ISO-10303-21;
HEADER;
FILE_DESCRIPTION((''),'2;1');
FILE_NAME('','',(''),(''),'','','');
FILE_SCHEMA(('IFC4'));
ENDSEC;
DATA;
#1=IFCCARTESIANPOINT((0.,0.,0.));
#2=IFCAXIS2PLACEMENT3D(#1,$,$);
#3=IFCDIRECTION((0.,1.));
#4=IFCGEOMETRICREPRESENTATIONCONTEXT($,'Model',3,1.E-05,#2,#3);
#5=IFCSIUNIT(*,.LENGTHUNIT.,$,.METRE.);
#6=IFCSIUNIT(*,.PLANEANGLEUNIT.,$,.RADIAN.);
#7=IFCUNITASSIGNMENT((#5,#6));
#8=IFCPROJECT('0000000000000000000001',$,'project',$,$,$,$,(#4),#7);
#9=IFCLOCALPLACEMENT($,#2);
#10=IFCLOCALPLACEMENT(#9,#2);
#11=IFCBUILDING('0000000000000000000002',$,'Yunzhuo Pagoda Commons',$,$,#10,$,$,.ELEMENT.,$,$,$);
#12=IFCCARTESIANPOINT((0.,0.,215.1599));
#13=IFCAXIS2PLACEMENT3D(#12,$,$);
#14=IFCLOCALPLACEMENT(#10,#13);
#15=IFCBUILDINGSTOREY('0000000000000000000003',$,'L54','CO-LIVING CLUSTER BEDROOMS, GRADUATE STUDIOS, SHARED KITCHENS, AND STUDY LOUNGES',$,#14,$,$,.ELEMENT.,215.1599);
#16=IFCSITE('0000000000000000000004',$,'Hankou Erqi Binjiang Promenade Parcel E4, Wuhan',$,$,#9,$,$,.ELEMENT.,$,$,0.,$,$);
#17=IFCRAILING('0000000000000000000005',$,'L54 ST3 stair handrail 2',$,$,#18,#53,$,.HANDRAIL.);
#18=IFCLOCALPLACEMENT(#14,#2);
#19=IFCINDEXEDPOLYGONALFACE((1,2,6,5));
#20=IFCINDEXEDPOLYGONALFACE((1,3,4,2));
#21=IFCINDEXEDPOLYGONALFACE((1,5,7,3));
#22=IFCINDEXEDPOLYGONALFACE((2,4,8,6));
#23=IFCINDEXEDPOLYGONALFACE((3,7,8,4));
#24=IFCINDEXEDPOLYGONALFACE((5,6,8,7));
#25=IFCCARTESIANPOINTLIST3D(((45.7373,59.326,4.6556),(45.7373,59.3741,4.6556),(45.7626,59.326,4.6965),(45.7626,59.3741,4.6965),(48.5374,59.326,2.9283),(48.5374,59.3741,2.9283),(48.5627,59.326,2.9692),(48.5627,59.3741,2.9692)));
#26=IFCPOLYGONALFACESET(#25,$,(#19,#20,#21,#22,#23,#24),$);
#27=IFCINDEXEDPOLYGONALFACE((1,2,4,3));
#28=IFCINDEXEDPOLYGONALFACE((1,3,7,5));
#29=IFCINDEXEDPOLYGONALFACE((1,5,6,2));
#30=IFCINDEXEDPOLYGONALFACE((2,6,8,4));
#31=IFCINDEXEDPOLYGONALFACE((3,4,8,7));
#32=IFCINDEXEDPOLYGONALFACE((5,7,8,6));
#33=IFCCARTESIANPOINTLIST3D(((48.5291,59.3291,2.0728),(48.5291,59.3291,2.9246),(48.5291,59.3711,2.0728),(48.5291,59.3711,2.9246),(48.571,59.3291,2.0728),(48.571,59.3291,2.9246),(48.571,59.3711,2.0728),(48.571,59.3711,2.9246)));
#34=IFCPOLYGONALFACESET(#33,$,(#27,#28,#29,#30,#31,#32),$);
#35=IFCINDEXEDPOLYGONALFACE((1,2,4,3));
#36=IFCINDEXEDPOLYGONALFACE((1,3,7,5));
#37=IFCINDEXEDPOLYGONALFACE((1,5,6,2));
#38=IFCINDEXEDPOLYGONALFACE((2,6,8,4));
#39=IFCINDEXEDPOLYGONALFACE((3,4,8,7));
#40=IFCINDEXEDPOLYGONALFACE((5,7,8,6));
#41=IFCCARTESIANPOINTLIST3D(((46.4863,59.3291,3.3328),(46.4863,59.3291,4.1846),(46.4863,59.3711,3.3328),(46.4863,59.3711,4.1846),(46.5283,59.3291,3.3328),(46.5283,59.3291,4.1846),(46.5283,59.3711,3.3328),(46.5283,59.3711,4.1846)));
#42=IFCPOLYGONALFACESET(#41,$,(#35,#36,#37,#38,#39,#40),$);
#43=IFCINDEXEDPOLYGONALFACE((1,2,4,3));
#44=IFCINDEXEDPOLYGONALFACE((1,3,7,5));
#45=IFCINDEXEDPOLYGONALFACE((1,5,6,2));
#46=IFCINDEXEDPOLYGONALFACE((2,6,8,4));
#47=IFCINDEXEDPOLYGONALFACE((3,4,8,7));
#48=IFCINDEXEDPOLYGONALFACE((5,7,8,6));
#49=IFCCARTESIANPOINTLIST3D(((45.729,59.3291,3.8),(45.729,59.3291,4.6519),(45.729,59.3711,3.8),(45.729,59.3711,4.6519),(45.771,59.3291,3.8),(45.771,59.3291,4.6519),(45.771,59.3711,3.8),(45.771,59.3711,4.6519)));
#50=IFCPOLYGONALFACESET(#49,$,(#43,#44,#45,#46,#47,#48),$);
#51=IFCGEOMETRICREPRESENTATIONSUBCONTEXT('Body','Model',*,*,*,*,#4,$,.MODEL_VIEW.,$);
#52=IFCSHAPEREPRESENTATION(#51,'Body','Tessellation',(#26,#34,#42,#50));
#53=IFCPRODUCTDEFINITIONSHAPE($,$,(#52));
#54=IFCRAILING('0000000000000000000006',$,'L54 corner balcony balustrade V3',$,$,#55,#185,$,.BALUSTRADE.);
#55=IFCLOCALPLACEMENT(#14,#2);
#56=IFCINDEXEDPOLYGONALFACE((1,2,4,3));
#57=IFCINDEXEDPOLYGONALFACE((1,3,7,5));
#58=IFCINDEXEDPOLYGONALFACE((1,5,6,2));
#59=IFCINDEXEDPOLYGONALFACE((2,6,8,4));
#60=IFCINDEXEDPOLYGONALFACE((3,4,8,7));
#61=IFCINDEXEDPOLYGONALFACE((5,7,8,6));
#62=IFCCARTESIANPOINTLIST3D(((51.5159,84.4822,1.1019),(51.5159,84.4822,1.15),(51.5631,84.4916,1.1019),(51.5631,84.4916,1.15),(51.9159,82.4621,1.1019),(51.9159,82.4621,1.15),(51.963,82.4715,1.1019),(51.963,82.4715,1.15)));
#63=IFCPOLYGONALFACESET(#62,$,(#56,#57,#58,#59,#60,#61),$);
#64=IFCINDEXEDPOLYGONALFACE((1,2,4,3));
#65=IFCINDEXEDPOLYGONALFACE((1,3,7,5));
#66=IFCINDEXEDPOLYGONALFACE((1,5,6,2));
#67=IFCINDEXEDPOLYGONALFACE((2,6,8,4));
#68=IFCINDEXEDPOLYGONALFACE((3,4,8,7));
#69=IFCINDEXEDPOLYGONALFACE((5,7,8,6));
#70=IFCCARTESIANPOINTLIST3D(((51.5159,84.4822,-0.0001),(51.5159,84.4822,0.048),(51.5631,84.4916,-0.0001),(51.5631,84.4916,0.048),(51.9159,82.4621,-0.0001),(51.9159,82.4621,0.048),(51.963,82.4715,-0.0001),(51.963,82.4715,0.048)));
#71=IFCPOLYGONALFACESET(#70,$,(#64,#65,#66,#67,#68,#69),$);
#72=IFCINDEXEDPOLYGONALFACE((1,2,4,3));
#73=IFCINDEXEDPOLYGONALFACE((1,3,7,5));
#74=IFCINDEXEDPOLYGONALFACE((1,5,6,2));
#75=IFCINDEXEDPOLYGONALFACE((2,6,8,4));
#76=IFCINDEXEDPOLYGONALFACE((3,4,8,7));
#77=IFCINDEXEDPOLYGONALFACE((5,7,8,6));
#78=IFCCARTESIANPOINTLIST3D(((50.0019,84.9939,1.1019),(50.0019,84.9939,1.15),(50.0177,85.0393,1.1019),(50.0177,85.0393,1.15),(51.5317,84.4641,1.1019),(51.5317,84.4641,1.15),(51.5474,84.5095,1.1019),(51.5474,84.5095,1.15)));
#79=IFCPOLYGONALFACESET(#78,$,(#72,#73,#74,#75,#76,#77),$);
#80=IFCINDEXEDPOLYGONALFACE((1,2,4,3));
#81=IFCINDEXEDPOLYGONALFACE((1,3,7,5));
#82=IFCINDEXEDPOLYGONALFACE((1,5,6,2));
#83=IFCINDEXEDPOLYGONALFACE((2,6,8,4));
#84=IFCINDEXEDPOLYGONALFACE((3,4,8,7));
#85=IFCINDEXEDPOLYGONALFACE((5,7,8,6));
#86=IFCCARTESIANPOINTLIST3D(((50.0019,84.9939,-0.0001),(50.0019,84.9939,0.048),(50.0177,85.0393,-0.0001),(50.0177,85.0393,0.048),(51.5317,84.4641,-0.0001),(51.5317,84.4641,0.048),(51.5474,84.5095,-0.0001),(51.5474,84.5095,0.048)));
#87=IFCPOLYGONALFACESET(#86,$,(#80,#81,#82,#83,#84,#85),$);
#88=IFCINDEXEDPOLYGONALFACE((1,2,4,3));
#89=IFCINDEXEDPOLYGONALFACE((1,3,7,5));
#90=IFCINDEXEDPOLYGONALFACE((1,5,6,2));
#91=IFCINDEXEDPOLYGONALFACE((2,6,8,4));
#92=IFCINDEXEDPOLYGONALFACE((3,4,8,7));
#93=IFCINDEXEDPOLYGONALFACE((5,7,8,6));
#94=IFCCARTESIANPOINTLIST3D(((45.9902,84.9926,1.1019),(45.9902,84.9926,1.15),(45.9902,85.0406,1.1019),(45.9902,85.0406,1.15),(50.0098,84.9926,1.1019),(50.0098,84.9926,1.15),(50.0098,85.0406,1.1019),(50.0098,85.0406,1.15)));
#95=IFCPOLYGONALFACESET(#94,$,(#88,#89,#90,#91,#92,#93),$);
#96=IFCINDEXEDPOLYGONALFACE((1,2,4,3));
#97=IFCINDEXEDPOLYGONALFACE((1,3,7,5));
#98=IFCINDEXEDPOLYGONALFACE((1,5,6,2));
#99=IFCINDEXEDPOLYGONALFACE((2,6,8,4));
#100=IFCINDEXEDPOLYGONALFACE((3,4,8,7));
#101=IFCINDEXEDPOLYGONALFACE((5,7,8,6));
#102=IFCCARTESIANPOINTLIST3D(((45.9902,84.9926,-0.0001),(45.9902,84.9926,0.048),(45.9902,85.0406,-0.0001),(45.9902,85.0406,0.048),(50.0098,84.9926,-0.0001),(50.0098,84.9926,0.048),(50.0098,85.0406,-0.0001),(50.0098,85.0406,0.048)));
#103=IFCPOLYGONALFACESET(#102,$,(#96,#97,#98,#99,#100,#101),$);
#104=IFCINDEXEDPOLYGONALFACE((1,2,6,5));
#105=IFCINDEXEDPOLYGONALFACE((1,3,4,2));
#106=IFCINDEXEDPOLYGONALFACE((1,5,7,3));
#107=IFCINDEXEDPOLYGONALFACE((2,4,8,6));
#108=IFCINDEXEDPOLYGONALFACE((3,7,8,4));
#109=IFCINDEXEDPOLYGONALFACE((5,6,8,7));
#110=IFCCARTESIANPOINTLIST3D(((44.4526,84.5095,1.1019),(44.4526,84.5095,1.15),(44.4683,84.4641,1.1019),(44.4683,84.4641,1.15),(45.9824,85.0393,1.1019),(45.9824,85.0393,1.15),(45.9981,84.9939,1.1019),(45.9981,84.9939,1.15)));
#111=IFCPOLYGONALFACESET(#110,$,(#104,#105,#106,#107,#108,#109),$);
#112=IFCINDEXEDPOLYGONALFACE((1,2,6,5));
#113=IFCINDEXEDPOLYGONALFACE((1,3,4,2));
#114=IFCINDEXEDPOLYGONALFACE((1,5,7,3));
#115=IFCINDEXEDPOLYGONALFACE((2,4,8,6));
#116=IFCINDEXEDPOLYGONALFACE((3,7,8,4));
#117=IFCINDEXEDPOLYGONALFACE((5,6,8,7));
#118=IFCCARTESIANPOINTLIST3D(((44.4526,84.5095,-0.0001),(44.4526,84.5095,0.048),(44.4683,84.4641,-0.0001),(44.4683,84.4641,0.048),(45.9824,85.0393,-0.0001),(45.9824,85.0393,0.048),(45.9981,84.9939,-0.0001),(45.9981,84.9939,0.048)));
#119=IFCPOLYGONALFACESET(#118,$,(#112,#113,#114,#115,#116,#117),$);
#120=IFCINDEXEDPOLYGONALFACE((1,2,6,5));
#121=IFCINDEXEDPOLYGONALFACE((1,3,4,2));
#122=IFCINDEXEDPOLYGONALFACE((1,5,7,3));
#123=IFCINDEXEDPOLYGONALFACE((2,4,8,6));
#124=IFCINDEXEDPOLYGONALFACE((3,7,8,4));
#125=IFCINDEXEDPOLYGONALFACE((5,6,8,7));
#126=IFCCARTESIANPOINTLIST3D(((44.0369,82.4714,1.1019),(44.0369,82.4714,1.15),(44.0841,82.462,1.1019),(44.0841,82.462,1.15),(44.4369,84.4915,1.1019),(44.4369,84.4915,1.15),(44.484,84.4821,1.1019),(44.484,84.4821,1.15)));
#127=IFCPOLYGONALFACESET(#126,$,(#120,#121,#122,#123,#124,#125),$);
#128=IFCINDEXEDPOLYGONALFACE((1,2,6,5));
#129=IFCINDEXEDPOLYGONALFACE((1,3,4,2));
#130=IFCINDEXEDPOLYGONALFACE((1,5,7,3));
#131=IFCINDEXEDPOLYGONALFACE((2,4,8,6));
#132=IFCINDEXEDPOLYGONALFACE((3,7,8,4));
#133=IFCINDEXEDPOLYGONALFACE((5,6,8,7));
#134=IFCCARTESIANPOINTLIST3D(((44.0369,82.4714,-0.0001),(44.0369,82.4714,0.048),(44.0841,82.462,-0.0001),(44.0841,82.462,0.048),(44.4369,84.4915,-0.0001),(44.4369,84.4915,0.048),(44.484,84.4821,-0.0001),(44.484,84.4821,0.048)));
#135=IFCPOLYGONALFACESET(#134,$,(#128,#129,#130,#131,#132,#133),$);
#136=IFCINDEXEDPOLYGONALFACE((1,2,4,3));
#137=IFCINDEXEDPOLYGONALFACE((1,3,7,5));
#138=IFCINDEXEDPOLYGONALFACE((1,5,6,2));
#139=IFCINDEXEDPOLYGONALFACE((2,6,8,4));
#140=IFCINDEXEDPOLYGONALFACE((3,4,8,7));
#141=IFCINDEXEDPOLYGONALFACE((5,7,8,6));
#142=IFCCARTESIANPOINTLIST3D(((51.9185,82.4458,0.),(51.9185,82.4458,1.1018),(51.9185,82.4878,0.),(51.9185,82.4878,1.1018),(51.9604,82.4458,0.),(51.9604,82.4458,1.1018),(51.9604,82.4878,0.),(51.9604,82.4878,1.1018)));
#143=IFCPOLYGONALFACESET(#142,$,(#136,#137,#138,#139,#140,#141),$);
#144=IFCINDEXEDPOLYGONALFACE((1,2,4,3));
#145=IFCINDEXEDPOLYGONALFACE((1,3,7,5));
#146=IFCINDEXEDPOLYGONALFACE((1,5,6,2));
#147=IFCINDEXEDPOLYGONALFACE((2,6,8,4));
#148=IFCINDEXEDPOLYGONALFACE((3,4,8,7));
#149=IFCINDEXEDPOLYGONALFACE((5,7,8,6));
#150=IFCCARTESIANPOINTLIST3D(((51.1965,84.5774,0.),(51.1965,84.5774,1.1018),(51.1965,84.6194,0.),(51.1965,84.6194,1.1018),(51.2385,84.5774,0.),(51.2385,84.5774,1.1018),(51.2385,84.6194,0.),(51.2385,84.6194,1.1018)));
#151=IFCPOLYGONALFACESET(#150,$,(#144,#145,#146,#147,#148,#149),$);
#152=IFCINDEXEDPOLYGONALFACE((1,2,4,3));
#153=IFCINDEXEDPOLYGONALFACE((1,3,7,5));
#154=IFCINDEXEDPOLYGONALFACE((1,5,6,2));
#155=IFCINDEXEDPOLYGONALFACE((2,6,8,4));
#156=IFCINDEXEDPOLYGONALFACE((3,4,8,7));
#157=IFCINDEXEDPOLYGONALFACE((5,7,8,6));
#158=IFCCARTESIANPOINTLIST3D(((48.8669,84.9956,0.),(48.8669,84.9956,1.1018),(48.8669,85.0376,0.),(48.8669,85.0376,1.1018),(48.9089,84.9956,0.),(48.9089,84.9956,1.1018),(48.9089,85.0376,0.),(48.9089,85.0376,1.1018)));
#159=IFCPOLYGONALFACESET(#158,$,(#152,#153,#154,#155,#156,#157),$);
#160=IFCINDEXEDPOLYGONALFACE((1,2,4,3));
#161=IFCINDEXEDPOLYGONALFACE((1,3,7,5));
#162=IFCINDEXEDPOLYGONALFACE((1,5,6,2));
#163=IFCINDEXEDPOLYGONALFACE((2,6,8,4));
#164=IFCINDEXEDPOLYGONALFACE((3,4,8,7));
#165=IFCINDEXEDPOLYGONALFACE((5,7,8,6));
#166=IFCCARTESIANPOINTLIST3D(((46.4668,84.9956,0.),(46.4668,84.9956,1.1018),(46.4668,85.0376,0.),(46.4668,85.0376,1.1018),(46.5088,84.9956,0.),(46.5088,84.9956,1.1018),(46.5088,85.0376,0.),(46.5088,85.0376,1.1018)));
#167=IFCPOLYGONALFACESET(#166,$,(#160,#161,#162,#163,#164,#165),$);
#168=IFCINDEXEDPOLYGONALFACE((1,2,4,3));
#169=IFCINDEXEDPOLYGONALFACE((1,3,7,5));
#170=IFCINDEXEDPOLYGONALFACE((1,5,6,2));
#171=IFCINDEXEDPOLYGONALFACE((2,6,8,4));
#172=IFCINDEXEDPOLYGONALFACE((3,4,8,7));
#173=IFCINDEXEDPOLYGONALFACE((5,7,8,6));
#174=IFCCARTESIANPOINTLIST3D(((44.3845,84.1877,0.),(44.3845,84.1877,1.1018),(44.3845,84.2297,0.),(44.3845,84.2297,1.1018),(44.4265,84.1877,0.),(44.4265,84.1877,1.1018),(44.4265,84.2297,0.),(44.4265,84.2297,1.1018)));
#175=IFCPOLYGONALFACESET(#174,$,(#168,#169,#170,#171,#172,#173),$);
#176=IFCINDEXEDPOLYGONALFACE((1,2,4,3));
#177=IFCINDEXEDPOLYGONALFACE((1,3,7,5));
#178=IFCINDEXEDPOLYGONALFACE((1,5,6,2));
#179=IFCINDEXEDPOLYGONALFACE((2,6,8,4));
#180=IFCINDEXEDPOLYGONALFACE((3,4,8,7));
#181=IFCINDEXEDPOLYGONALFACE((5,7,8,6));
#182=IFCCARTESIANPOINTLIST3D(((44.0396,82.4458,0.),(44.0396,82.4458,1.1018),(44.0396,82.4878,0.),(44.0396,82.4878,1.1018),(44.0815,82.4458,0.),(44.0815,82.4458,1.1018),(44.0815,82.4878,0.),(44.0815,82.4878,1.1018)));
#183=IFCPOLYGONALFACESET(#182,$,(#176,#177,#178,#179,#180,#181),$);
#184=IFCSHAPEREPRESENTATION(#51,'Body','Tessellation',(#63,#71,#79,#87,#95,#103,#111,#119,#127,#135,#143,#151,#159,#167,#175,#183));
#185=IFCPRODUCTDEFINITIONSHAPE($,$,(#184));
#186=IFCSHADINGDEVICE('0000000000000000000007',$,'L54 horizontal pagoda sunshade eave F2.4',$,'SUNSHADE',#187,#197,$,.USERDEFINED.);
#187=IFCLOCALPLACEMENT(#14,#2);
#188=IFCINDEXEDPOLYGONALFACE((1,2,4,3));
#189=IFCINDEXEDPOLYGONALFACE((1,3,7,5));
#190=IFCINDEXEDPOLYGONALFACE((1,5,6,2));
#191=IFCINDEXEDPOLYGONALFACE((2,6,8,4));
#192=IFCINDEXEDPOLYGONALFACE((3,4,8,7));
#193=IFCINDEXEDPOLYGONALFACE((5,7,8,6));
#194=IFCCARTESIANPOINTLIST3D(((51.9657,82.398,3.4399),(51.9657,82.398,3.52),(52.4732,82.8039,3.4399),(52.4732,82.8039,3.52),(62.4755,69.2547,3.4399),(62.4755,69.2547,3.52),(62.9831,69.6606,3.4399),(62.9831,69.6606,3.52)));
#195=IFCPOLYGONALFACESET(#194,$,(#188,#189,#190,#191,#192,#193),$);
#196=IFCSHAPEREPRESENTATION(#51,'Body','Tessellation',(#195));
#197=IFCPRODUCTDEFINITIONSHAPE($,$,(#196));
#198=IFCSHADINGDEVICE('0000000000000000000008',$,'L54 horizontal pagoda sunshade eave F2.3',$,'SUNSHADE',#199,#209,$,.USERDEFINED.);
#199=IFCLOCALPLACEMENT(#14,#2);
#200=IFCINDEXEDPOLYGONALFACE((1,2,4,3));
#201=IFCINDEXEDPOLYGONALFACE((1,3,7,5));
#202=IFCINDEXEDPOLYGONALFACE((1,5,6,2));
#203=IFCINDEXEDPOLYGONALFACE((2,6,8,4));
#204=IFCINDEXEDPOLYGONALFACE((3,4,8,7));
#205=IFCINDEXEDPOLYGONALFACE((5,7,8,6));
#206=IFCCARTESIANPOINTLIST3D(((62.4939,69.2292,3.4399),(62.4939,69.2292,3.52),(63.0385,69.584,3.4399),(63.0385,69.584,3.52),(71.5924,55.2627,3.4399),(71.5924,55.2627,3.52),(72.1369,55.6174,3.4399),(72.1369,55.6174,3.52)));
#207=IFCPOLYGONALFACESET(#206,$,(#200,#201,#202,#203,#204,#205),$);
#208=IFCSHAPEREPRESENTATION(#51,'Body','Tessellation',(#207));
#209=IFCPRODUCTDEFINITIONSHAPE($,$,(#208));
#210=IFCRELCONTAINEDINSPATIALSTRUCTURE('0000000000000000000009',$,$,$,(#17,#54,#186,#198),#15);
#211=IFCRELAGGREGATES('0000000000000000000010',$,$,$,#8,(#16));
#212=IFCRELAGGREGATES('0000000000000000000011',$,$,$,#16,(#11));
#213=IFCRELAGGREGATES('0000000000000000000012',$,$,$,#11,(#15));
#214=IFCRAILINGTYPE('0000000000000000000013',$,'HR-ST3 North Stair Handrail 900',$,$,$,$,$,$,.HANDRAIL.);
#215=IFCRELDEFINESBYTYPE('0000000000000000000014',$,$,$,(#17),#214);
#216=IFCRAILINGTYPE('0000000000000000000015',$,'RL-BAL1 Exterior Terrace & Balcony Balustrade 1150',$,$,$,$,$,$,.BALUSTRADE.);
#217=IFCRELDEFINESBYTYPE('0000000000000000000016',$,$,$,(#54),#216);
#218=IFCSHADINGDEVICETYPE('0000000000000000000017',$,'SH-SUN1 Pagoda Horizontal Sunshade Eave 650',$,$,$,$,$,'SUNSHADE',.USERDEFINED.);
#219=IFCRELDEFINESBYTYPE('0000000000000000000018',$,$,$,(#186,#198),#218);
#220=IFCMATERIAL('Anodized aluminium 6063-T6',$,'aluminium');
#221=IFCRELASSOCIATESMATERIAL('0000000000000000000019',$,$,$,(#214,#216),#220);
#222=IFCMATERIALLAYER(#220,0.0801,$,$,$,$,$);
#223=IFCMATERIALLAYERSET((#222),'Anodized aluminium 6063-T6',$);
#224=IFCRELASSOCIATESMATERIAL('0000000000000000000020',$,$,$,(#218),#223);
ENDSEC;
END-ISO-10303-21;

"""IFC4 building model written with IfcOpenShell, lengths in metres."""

from ifc_helpers import new_model, si_unit, direction, frame, origin, origin_2d, place, context, subcontext, project, spatial, rectangle, extrude, source, transform, mapped, material, layer, layer_set, type_object, element, save


model = new_model("IFC4")

# Units and contexts
model_context = context("Model", 3, precision=1e-05, world=origin(), true_north=direction((0.0, 1.0)))
body_context = subcontext(model_context, "Body", "Model", "MODEL_VIEW")
ifc_project = project(units=[si_unit("LENGTHUNIT", "METRE"), si_unit("PLANEANGLEUNIT", "RADIAN")], contexts=[model_context])

# Site, building, storey
site_placement = place(None, origin())
site = spatial("IfcSite", under=ifc_project, at=site_placement, Name="Hankou Erqi Binjiang Promenade Parcel E4, Wuhan", CompositionType="ELEMENT", RefElevation=0.0)
building_placement = place(site_placement, origin())
building = spatial("IfcBuilding", under=site, at=building_placement, Name="Yunzhuo Pagoda Commons", CompositionType="ELEMENT")
storey_placement = place(building_placement, frame((0.0, 0.0, 215.1599)))
storey = spatial("IfcBuildingStorey", under=building, at=storey_placement, Name="L54", Description="CO-LIVING CLUSTER BEDROOMS, GRADUATE STUDIOS, SHARED KITCHENS, AND STUDY LOUNGES", CompositionType="ELEMENT", Elevation=215.1599)

# Shared definitions
ifc_material_1 = material(Name="Anodized aluminium 6063-T6", Category="aluminium")

# Railings
railing_type_1 = type_object("IfcRailingType", Name="HR-ST3 North Stair Handrail 900", PredefinedType="HANDRAIL", material=ifc_material_1)
railing_1_placement = place(storey_placement, frame((48.55, 59.3501, 2.0728)))
element("IfcRailing", 1, at=railing_1_placement, inside=storey, type_object=railing_type_1, Name="L54 ST3 stair handrail 2", PredefinedType="HANDRAIL", context=body_context, shape_type="SweptSolid", body=[
    extrude(rectangle(XDim=0.0481, YDim=0.0481, at=origin_2d()), frame((0.0, 0.0, 0.876), z_axis=(-0.85109, 0.0, 0.52502), x_axis=(0.0, -1.0, 0.0)), (0.0, 0.0, 1.0), 3.29),
    extrude(rectangle(XDim=0.042, YDim=0.042, at=origin_2d()), origin(), (0.0, 0.0, 1.0), 0.8518),
    extrude(rectangle(XDim=0.042, YDim=0.042, at=origin_2d()), frame((-2.0427, 0.0, 1.26)), (0.0, 0.0, 1.0), 0.8518),
    extrude(rectangle(XDim=0.042, YDim=0.042, at=origin_2d()), frame((-2.8, 0.0, 1.7273)), (0.0, 0.0, 1.0), 0.8518),
])
railing_type_2 = type_object("IfcRailingType", Name="RL-BAL1 Exterior Terrace & Balcony Balustrade 1150", PredefinedType="BALUSTRADE", material=ifc_material_1)
railing_2_placement = place(storey_placement, frame((51.9395, 82.4668, 0.0)))
element("IfcRailing", 2, at=railing_2_placement, inside=storey, type_object=railing_type_2, Name="L54 corner balcony balustrade V3", PredefinedType="BALUSTRADE", context=body_context, shape_type="SweptSolid", body=[
    extrude(rectangle(XDim=0.0481, YDim=0.0481, at=origin_2d()), frame((0.0, 0.0, 1.126), z_axis=(-0.194201, 0.980962, 0.0), x_axis=(-0.980962, -0.194201, 0.0)), (0.0, 0.0, 1.0), 2.0593),
    extrude(rectangle(XDim=0.0481, YDim=0.0481, at=origin_2d()), frame((0.0, 0.0, 0.0239), z_axis=(-0.194201, 0.980962, 0.0), x_axis=(-0.980962, -0.194201, 0.0)), (0.0, 0.0, 1.0), 2.0593),
    extrude(rectangle(XDim=0.0481, YDim=0.0481, at=origin_2d()), frame((-0.3999, 2.02, 1.126), z_axis=(-0.944939, 0.327245, 0.0), x_axis=(-0.327245, -0.944939, 0.0)), (0.0, 0.0, 1.0), 1.6189),
    extrude(rectangle(XDim=0.0481, YDim=0.0481, at=origin_2d()), frame((-0.3999, 2.02, 0.0239), z_axis=(-0.944939, 0.327245, 0.0), x_axis=(-0.327245, -0.944939, 0.0)), (0.0, 0.0, 1.0), 1.6189),
    extrude(rectangle(XDim=0.0481, YDim=0.0481, at=origin_2d()), frame((-1.9297, 2.5498, 1.126), z_axis=(-1.0, 0.0, 0.0), x_axis=(0.0, -1.0, 0.0)), (0.0, 0.0, 1.0), 4.0195),
    extrude(rectangle(XDim=0.0481, YDim=0.0481, at=origin_2d()), frame((-1.9297, 2.5498, 0.0239), z_axis=(-1.0, 0.0, 0.0), x_axis=(0.0, -1.0, 0.0)), (0.0, 0.0, 1.0), 4.0195),
    extrude(rectangle(XDim=0.0481, YDim=0.0481, at=origin_2d()), frame((-5.9492, 2.5498, 1.126), z_axis=(-0.944939, -0.327245, 0.0), x_axis=(0.327245, -0.944939, 0.0)), (0.0, 0.0, 1.0), 1.6189),
    extrude(rectangle(XDim=0.0481, YDim=0.0481, at=origin_2d()), frame((-5.9492, 2.5498, 0.0239), z_axis=(-0.944939, -0.327245, 0.0), x_axis=(0.327245, -0.944939, 0.0)), (0.0, 0.0, 1.0), 1.6189),
    extrude(rectangle(XDim=0.0481, YDim=0.0481, at=origin_2d()), frame((-7.479, 2.02, 1.126), z_axis=(-0.194201, -0.980962, 0.0), x_axis=(0.980962, -0.194201, 0.0)), (0.0, 0.0, 1.0), 2.0593),
    extrude(rectangle(XDim=0.0481, YDim=0.0481, at=origin_2d()), frame((-7.479, 2.02, 0.0239), z_axis=(-0.194201, -0.980962, 0.0), x_axis=(0.980962, -0.194201, 0.0)), (0.0, 0.0, 1.0), 2.0593),
    extrude(rectangle(XDim=0.042, YDim=0.042, at=origin_2d()), origin(), (0.0, 0.0, 1.0), 1.1018),
    extrude(rectangle(XDim=0.042, YDim=0.042, at=origin_2d()), frame((-0.7219, 2.1316, 0.0)), (0.0, 0.0, 1.0), 1.1018),
    extrude(rectangle(XDim=0.042, YDim=0.042, at=origin_2d()), frame((-3.0515, 2.5498, 0.0)), (0.0, 0.0, 1.0), 1.1018),
    extrude(rectangle(XDim=0.042, YDim=0.042, at=origin_2d()), frame((-5.4517, 2.5498, 0.0)), (0.0, 0.0, 1.0), 1.1018),
    extrude(rectangle(XDim=0.042, YDim=0.042, at=origin_2d()), frame((-7.5339, 1.7419, 0.0)), (0.0, 0.0, 1.0), 1.1018),
    extrude(rectangle(XDim=0.042, YDim=0.042, at=origin_2d()), frame((-7.8789, 0.0, 0.0)), (0.0, 0.0, 1.0), 1.1018),
])

# Shading devices
ifc_layer_1 = layer(ifc_material_1, 0.0801)
ifc_layer_set_1 = layer_set([ifc_layer_1], Name="Anodized aluminium 6063-T6")
shading_device_type = type_object("IfcShadingDeviceType", Name="SH-SUN1 Pagoda Horizontal Sunshade Eave 650", ElementType="SUNSHADE", PredefinedType="USERDEFINED", material=ifc_layer_set_1)
shared_shape_1 = source(origin(), body_context, "Body", "SweptSolid", [
    extrude(rectangle(XDim=16.8286, YDim=0.6499, at=origin_2d()), origin(), (0.0, 0.0, 1.0), 0.0801),
])
shading_device_1_placement = place(storey_placement, frame((57.4744, 76.0293, 3.4399), z_axis=(0.0, 0.0, 1.0), x_axis=(-0.62452, 0.781008, 0.0)))
element("IfcShadingDevice", 3, at=shading_device_1_placement, inside=storey, type_object=shading_device_type, Name="L54 horizontal pagoda sunshade eave F2.4", ObjectType="SUNSHADE", PredefinedType="USERDEFINED", context=body_context, shape_type="MappedRepresentation", body=[
    mapped(shared_shape_1, transform((0.0, 0.0, 0.0), scale=1.0)),
])
shared_shape_2 = source(origin(), body_context, "Body", "SweptSolid", [
    extrude(rectangle(XDim=16.6687, YDim=0.6499, at=origin_2d()), origin(), (0.0, 0.0, 1.0), 0.0801),
])
shading_device_2_placement = place(storey_placement, frame((67.3154, 62.4233, 3.4399), z_axis=(0.0, 0.0, 1.0), x_axis=(-0.545839, 0.83789, 0.0)))
element("IfcShadingDevice", 4, at=shading_device_2_placement, inside=storey, type_object=shading_device_type, Name="L54 horizontal pagoda sunshade eave F2.3", ObjectType="SUNSHADE", PredefinedType="USERDEFINED", context=body_context, shape_type="MappedRepresentation", body=[
    mapped(shared_shape_2, transform((0.0, 0.0, 0.0), scale=1.0)),
])

save(model, "model.ifc")
